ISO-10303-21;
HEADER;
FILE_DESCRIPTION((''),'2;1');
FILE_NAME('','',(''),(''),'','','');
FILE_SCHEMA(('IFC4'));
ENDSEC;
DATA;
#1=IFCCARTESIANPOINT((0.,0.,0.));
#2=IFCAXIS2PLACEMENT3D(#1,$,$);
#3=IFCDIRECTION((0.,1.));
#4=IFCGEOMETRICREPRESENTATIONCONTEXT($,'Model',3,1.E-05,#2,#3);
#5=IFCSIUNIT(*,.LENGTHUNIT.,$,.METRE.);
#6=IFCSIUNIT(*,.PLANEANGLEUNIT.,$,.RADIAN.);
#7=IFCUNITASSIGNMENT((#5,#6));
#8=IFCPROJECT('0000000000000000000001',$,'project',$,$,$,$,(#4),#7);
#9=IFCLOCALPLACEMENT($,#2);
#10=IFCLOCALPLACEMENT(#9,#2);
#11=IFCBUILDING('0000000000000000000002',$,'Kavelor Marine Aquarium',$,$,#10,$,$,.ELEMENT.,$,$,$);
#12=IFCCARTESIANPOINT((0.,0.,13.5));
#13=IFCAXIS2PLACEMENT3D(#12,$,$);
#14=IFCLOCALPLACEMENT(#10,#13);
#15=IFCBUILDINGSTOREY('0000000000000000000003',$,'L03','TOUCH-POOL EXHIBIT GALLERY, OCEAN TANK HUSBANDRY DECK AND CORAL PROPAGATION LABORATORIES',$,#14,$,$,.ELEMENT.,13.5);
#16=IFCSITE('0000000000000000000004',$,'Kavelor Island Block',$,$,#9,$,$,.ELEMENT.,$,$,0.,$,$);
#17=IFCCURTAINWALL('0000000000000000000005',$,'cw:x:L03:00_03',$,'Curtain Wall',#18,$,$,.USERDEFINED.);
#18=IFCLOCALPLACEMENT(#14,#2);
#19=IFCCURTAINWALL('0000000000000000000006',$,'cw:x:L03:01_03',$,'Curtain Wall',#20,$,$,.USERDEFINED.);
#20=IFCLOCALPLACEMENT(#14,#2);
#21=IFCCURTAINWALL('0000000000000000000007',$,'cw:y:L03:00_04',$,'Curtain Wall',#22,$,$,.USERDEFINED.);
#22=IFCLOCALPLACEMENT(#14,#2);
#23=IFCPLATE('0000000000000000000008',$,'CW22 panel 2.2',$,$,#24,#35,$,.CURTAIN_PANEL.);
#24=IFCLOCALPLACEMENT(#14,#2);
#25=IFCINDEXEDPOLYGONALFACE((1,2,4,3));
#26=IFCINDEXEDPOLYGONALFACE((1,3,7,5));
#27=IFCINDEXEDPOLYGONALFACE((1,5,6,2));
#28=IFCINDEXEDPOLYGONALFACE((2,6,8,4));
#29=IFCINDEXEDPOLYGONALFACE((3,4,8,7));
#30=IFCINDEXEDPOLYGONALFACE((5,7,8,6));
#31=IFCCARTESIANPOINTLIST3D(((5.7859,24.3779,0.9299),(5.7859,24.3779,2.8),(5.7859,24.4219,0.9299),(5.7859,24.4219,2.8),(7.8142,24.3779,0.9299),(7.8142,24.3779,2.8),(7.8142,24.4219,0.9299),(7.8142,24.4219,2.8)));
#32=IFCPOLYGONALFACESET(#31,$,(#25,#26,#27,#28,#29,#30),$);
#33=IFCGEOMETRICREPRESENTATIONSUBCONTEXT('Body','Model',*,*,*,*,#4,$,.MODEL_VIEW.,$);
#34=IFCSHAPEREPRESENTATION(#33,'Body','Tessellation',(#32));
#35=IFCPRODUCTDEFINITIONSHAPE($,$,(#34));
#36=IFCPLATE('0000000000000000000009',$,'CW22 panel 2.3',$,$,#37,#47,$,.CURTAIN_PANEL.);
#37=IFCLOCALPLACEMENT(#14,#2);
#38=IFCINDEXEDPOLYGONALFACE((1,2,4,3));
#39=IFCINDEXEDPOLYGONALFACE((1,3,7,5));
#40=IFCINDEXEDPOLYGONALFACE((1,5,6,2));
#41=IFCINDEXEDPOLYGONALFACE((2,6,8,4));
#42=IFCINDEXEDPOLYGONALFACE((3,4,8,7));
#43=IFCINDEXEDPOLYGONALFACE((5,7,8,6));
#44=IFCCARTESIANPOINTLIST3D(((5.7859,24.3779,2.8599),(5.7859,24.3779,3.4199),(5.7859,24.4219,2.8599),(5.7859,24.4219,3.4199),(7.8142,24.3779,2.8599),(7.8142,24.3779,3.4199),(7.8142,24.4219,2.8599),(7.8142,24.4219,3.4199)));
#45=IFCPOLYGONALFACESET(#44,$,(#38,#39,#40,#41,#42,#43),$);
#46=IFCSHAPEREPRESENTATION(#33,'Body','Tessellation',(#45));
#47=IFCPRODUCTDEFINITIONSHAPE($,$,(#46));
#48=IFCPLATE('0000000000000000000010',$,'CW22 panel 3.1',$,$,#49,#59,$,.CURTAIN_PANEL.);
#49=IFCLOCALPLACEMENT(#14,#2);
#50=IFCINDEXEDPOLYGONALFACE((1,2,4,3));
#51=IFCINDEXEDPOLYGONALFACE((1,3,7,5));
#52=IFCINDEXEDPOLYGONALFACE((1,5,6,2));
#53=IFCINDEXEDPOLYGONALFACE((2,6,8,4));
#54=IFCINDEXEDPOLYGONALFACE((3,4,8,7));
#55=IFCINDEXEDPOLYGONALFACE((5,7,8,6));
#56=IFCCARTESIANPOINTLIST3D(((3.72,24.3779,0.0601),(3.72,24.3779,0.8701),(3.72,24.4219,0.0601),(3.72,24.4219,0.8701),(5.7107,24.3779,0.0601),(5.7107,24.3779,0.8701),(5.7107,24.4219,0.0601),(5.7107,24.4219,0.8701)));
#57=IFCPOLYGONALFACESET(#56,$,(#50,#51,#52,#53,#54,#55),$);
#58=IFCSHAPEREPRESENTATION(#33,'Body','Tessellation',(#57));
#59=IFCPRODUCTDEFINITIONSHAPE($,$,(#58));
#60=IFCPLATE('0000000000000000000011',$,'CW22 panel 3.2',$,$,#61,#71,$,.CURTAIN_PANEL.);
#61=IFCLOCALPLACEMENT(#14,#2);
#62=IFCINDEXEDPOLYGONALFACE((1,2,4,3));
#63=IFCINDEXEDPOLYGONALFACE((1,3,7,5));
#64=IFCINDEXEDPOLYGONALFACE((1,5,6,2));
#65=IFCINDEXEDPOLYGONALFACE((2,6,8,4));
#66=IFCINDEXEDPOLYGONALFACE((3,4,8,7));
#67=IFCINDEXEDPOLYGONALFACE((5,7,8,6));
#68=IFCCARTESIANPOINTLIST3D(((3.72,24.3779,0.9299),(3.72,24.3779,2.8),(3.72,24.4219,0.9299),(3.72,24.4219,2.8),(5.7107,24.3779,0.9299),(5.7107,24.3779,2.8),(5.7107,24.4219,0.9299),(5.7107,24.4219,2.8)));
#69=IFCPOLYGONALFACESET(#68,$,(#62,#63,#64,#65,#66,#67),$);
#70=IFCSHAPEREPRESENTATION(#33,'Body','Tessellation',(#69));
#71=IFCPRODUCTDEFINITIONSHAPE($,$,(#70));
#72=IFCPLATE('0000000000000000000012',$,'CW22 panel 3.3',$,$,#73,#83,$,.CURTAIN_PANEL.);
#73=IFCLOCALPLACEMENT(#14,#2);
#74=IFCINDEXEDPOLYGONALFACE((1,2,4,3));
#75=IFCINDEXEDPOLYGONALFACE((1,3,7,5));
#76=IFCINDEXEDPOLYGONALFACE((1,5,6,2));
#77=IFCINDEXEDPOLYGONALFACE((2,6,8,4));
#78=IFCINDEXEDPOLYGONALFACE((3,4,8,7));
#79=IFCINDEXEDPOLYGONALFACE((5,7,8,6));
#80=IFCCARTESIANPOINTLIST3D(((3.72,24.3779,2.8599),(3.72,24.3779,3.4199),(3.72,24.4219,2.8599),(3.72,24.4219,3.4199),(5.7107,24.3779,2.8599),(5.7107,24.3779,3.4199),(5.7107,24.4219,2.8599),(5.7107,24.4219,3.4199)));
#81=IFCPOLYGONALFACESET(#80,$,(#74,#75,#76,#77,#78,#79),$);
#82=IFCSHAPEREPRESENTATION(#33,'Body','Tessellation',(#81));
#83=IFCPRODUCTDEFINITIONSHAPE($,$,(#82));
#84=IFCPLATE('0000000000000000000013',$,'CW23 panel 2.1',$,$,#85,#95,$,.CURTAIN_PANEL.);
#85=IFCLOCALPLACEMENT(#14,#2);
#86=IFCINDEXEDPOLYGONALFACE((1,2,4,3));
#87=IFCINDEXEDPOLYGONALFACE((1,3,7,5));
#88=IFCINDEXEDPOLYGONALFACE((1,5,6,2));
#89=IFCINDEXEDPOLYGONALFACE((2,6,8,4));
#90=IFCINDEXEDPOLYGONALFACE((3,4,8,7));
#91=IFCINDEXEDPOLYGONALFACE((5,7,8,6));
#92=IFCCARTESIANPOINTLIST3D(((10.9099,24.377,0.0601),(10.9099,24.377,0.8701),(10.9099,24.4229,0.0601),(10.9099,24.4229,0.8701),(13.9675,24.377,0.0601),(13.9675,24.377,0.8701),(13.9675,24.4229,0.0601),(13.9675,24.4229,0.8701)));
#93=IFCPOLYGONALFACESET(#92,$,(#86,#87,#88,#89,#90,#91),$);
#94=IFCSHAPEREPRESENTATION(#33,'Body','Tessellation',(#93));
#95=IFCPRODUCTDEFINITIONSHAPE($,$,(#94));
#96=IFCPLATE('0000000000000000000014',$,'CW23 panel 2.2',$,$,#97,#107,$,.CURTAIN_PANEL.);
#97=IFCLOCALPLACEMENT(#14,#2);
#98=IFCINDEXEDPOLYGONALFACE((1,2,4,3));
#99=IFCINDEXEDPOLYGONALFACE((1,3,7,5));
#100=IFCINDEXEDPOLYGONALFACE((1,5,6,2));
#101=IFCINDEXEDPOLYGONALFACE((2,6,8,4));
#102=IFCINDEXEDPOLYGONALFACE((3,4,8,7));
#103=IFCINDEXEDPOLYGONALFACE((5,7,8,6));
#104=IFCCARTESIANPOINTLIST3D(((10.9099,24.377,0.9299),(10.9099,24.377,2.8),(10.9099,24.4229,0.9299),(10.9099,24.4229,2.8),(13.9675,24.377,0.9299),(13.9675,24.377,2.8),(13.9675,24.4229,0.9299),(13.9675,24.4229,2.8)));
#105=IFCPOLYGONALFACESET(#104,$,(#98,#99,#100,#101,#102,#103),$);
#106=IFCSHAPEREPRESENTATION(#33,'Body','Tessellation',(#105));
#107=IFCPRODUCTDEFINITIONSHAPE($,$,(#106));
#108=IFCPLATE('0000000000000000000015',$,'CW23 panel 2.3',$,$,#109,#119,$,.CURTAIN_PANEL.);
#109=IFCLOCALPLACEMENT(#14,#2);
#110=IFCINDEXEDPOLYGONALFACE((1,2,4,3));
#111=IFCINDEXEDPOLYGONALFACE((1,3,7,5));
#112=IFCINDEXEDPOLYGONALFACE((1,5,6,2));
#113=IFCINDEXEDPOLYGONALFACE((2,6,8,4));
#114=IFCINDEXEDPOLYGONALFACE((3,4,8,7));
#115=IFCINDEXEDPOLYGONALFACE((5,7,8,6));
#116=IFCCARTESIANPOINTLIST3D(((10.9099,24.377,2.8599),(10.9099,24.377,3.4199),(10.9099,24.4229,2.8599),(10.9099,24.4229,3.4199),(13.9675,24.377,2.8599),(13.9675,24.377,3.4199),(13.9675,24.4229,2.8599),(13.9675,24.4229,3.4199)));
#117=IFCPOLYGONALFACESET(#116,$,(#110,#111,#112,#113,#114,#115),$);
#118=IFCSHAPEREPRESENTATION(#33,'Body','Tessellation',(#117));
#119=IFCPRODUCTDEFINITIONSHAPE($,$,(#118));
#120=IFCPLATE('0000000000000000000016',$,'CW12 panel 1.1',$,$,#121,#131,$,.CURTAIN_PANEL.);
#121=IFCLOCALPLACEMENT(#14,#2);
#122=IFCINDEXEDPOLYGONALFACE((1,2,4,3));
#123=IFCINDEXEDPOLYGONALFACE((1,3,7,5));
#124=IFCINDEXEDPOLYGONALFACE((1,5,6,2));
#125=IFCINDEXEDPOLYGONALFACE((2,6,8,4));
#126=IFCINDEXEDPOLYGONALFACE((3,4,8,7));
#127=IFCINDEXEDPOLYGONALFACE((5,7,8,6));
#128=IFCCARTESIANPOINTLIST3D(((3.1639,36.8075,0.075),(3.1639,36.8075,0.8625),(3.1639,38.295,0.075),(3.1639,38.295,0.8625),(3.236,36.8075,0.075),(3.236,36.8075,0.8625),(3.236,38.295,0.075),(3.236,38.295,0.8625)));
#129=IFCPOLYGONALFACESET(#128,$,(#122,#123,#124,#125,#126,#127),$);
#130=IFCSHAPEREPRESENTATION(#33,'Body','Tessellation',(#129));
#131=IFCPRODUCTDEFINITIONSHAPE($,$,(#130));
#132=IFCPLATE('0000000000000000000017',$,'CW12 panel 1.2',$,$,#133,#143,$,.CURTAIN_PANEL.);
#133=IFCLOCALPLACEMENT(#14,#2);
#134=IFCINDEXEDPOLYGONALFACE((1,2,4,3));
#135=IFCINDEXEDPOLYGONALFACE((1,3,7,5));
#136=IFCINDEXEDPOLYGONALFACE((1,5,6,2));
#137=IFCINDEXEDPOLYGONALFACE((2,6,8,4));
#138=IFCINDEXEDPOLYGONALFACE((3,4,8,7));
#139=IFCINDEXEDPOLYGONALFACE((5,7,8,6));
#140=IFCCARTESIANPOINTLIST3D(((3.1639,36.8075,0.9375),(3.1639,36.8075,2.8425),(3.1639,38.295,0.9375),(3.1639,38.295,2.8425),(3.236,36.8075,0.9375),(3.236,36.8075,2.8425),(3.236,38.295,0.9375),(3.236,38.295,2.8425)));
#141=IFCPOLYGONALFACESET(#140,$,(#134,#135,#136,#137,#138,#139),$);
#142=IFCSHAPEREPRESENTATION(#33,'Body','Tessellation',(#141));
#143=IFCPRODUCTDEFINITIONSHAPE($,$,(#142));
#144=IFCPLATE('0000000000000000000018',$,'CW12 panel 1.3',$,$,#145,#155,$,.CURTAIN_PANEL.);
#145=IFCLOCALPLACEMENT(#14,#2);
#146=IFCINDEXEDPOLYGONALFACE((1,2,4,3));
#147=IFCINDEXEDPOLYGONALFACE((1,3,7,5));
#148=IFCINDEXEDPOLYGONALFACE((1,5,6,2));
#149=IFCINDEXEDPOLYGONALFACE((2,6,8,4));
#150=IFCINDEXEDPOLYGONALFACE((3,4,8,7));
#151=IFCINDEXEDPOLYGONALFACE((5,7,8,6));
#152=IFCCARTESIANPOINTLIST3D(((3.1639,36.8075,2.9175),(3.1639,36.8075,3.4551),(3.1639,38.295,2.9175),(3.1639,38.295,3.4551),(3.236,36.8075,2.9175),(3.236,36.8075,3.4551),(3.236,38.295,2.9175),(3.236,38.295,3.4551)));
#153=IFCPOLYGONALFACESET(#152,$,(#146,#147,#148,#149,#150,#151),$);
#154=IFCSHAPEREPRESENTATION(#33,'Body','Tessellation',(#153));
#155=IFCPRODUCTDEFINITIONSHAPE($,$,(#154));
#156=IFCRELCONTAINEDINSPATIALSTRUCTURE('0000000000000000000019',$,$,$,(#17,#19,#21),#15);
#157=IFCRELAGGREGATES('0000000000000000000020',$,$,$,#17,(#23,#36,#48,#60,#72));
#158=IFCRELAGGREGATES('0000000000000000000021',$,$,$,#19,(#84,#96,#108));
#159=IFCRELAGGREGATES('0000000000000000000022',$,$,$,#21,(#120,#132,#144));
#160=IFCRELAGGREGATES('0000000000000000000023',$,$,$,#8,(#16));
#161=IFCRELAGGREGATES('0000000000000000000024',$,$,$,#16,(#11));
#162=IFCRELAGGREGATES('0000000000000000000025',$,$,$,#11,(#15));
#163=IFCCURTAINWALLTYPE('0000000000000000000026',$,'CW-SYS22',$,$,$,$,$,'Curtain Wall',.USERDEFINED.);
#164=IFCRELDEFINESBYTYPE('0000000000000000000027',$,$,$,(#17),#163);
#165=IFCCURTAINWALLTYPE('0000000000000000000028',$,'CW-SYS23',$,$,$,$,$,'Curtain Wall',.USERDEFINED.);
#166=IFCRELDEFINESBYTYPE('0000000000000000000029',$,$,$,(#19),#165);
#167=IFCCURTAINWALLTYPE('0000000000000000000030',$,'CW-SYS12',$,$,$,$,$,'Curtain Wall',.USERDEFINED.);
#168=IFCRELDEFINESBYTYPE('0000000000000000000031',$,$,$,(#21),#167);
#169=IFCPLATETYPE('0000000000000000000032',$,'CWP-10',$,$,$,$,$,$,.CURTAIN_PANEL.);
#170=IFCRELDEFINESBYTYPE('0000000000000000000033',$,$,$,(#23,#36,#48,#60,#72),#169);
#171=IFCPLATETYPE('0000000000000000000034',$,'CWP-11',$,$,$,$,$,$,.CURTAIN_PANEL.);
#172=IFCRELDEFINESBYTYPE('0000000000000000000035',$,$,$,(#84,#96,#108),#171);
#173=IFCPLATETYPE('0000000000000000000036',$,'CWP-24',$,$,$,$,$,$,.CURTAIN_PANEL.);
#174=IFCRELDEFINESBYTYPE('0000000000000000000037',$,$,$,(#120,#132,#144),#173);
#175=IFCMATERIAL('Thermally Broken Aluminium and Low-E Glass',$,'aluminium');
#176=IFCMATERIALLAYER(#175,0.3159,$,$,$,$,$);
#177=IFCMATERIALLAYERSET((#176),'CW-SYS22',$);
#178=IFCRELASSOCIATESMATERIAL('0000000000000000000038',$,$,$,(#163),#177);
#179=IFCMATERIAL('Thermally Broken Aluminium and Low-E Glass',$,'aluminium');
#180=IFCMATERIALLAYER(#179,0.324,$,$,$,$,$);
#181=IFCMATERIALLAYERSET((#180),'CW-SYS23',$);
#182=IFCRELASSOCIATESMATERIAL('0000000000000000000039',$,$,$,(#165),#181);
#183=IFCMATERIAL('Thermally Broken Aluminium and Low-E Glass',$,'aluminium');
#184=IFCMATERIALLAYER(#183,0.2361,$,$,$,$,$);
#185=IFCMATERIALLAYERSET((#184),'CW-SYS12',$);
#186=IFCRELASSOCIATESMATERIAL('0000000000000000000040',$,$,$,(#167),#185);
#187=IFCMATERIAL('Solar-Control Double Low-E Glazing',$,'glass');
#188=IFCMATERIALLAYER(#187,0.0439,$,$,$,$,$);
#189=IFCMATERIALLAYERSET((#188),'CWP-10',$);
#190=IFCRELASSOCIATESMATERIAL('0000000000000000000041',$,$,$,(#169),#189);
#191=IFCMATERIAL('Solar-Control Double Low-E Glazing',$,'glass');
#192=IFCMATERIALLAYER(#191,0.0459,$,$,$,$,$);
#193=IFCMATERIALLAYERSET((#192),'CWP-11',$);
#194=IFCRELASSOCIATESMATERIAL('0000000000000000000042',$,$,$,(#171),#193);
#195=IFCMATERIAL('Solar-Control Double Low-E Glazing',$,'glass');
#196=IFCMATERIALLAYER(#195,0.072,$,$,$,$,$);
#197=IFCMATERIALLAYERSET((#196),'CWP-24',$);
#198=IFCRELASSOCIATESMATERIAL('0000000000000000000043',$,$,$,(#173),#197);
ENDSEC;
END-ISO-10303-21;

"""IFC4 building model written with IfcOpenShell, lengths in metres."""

from ifc_helpers import new_model, si_unit, direction, frame, origin, origin_2d, place, context, subcontext, project, spatial, rectangle, extrude, material, layer, layer_set, type_object, element, aggregate, save


model = new_model("IFC4")

# Units and contexts
model_context = context("Model", 3, precision=1e-05, world=origin(), true_north=direction((0.0, 1.0)))
body_context = subcontext(model_context, "Body", "Model", "MODEL_VIEW")
ifc_project = project(units=[si_unit("LENGTHUNIT", "METRE"), si_unit("PLANEANGLEUNIT", "RADIAN")], contexts=[model_context])

# Site, building, storey
site_placement = place(None, origin())
site = spatial("IfcSite", under=ifc_project, at=site_placement, Name="Kavelor Island Block", CompositionType="ELEMENT", RefElevation=0.0)
building_placement = place(site_placement, origin())
building = spatial("IfcBuilding", under=site, at=building_placement, Name="Kavelor Marine Aquarium", CompositionType="ELEMENT")
storey_placement = place(building_placement, frame((0.0, 0.0, 13.5)))
storey = spatial("IfcBuildingStorey", under=building, at=storey_placement, Name="L03", Description="TOUCH-POOL EXHIBIT GALLERY, OCEAN TANK HUSBANDRY DECK AND CORAL PROPAGATION LABORATORIES", CompositionType="ELEMENT", Elevation=13.5)

# Curtain wall
ifc_material_1 = material(Name="Thermally Broken Aluminium and Low-E Glass", Category="aluminium")
ifc_layer_1 = layer(ifc_material_1, 0.3159)
ifc_layer_set_1 = layer_set([ifc_layer_1], Name="CW-SYS22")
curtain_wall_type_1 = type_object("IfcCurtainWallType", Name="CW-SYS22", ElementType="Curtain Wall", PredefinedType="USERDEFINED", material=ifc_layer_set_1)
curtain_wall_1_placement = place(storey_placement, origin())
curtain_wall_1 = element("IfcCurtainWall", 1, at=curtain_wall_1_placement, inside=storey, type_object=curtain_wall_type_1, Name="cw:x:L03:00_03", ObjectType="Curtain Wall", PredefinedType="USERDEFINED")

# Curtain wall
ifc_material_2 = material(Name="Thermally Broken Aluminium and Low-E Glass", Category="aluminium")
ifc_layer_2 = layer(ifc_material_2, 0.324)
ifc_layer_set_2 = layer_set([ifc_layer_2], Name="CW-SYS23")
curtain_wall_type_2 = type_object("IfcCurtainWallType", Name="CW-SYS23", ElementType="Curtain Wall", PredefinedType="USERDEFINED", material=ifc_layer_set_2)
curtain_wall_2_placement = place(storey_placement, origin())
curtain_wall_2 = element("IfcCurtainWall", 2, at=curtain_wall_2_placement, inside=storey, type_object=curtain_wall_type_2, Name="cw:x:L03:01_03", ObjectType="Curtain Wall", PredefinedType="USERDEFINED")

# Curtain wall
ifc_material_3 = material(Name="Thermally Broken Aluminium and Low-E Glass", Category="aluminium")
ifc_layer_3 = layer(ifc_material_3, 0.2361)
ifc_layer_set_3 = layer_set([ifc_layer_3], Name="CW-SYS12")
curtain_wall_type_3 = type_object("IfcCurtainWallType", Name="CW-SYS12", ElementType="Curtain Wall", PredefinedType="USERDEFINED", material=ifc_layer_set_3)
curtain_wall_3_placement = place(storey_placement, origin())
curtain_wall_3 = element("IfcCurtainWall", 3, at=curtain_wall_3_placement, inside=storey, type_object=curtain_wall_type_3, Name="cw:y:L03:00_04", ObjectType="Curtain Wall", PredefinedType="USERDEFINED")

# Plates
ifc_material_4 = material(Name="Solar-Control Double Low-E Glazing", Category="glass")
ifc_layer_4 = layer(ifc_material_4, 0.0439)
ifc_layer_set_4 = layer_set([ifc_layer_4], Name="CWP-10")
plate_type_1 = type_object("IfcPlateType", Name="CWP-10", PredefinedType="CURTAIN_PANEL", material=ifc_layer_set_4)
plate_1_placement = place(storey_placement, frame((6.8, 24.3999, 0.9299), z_axis=(0.0, 0.0, 1.0), x_axis=(-1.0, 0.0, 0.0)))
plate_1 = element("IfcPlate", 4, at=plate_1_placement, type_object=plate_type_1, Name="CW22 panel 2.2", PredefinedType="CURTAIN_PANEL", context=body_context, shape_type="SweptSolid", body=[
    extrude(rectangle(XDim=2.0283, YDim=0.0439, at=origin_2d()), origin(), (0.0, 0.0, 1.0), 1.8701),
])
plate_2_placement = place(storey_placement, frame((6.8, 24.3999, 2.8599), z_axis=(0.0, 0.0, 1.0), x_axis=(-1.0, 0.0, 0.0)))
plate_2 = element("IfcPlate", 5, at=plate_2_placement, type_object=plate_type_1, Name="CW22 panel 2.3", PredefinedType="CURTAIN_PANEL", context=body_context, shape_type="SweptSolid", body=[
    extrude(rectangle(XDim=2.0283, YDim=0.0439, at=origin_2d()), origin(), (0.0, 0.0, 1.0), 0.5601),
])
plate_3_placement = place(storey_placement, frame((4.7153, 24.3999, 0.0601), z_axis=(0.0, 0.0, 1.0), x_axis=(-1.0, 0.0, 0.0)))
plate_3 = element("IfcPlate", 6, at=plate_3_placement, type_object=plate_type_1, Name="CW22 panel 3.1", PredefinedType="CURTAIN_PANEL", context=body_context, shape_type="SweptSolid", body=[
    extrude(rectangle(XDim=1.9907, YDim=0.0439, at=origin_2d()), origin(), (0.0, 0.0, 1.0), 0.8101),
])
plate_4_placement = place(storey_placement, frame((4.7153, 24.3999, 0.9299), z_axis=(0.0, 0.0, 1.0), x_axis=(-1.0, 0.0, 0.0)))
plate_4 = element("IfcPlate", 7, at=plate_4_placement, type_object=plate_type_1, Name="CW22 panel 3.2", PredefinedType="CURTAIN_PANEL", context=body_context, shape_type="SweptSolid", body=[
    extrude(rectangle(XDim=1.9907, YDim=0.0439, at=origin_2d()), origin(), (0.0, 0.0, 1.0), 1.8701),
])
plate_5_placement = place(storey_placement, frame((4.7153, 24.3999, 2.8599), z_axis=(0.0, 0.0, 1.0), x_axis=(-1.0, 0.0, 0.0)))
plate_5 = element("IfcPlate", 8, at=plate_5_placement, type_object=plate_type_1, Name="CW22 panel 3.3", PredefinedType="CURTAIN_PANEL", context=body_context, shape_type="SweptSolid", body=[
    extrude(rectangle(XDim=1.9907, YDim=0.0439, at=origin_2d()), origin(), (0.0, 0.0, 1.0), 0.5601),
])
aggregate(curtain_wall_1, [plate_1, plate_2, plate_3, plate_4, plate_5])
ifc_material_5 = material(Name="Solar-Control Double Low-E Glazing", Category="glass")
ifc_layer_5 = layer(ifc_material_5, 0.0459)
ifc_layer_set_5 = layer_set([ifc_layer_5], Name="CWP-11")
plate_type_2 = type_object("IfcPlateType", Name="CWP-11", PredefinedType="CURTAIN_PANEL", material=ifc_layer_set_5)
plate_6_placement = place(storey_placement, frame((12.4387, 24.3999, 0.0601), z_axis=(0.0, 0.0, 1.0), x_axis=(-1.0, 0.0, 0.0)))
plate_6 = element("IfcPlate", 9, at=plate_6_placement, type_object=plate_type_2, Name="CW23 panel 2.1", PredefinedType="CURTAIN_PANEL", context=body_context, shape_type="SweptSolid", body=[
    extrude(rectangle(XDim=3.0576, YDim=0.0459, at=origin_2d()), origin(), (0.0, 0.0, 1.0), 0.8101),
])
plate_7_placement = place(storey_placement, frame((12.4387, 24.3999, 0.9299), z_axis=(0.0, 0.0, 1.0), x_axis=(-1.0, 0.0, 0.0)))
plate_7 = element("IfcPlate", 10, at=plate_7_placement, type_object=plate_type_2, Name="CW23 panel 2.2", PredefinedType="CURTAIN_PANEL", context=body_context, shape_type="SweptSolid", body=[
    extrude(rectangle(XDim=3.0576, YDim=0.0459, at=origin_2d()), origin(), (0.0, 0.0, 1.0), 1.8701),
])
plate_8_placement = place(storey_placement, frame((12.4387, 24.3999, 2.8599), z_axis=(0.0, 0.0, 1.0), x_axis=(-1.0, 0.0, 0.0)))
plate_8 = element("IfcPlate", 11, at=plate_8_placement, type_object=plate_type_2, Name="CW23 panel 2.3", PredefinedType="CURTAIN_PANEL", context=body_context, shape_type="SweptSolid", body=[
    extrude(rectangle(XDim=3.0576, YDim=0.0459, at=origin_2d()), origin(), (0.0, 0.0, 1.0), 0.5601),
])
aggregate(curtain_wall_2, [plate_6, plate_7, plate_8])
ifc_material_6 = material(Name="Solar-Control Double Low-E Glazing", Category="glass")
ifc_layer_6 = layer(ifc_material_6, 0.072)
ifc_layer_set_6 = layer_set([ifc_layer_6], Name="CWP-24")
plate_type_3 = type_object("IfcPlateType", Name="CWP-24", PredefinedType="CURTAIN_PANEL", material=ifc_layer_set_6)
plate_9_placement = place(storey_placement, frame((3.2, 37.5513, 0.075), z_axis=(0.0, 0.0, 1.0), x_axis=(0.0, -1.0, 0.0)))
plate_9 = element("IfcPlate", 12, at=plate_9_placement, type_object=plate_type_3, Name="CW12 panel 1.1", PredefinedType="CURTAIN_PANEL", context=body_context, shape_type="SweptSolid", body=[
    extrude(rectangle(XDim=1.4875, YDim=0.072, at=origin_2d()), origin(), (0.0, 0.0, 1.0), 0.7876),
])
plate_10_placement = place(storey_placement, frame((3.2, 37.5513, 0.9375), z_axis=(0.0, 0.0, 1.0), x_axis=(0.0, -1.0, 0.0)))
plate_10 = element("IfcPlate", 13, at=plate_10_placement, type_object=plate_type_3, Name="CW12 panel 1.2", PredefinedType="CURTAIN_PANEL", context=body_context, shape_type="SweptSolid", body=[
    extrude(rectangle(XDim=1.4875, YDim=0.072, at=origin_2d()), origin(), (0.0, 0.0, 1.0), 1.905),
])
plate_11_placement = place(storey_placement, frame((3.2, 37.5513, 2.9175), z_axis=(0.0, 0.0, 1.0), x_axis=(0.0, -1.0, 0.0)))
plate_11 = element("IfcPlate", 14, at=plate_11_placement, type_object=plate_type_3, Name="CW12 panel 1.3", PredefinedType="CURTAIN_PANEL", context=body_context, shape_type="SweptSolid", body=[
    extrude(rectangle(XDim=1.4875, YDim=0.072, at=origin_2d()), origin(), (0.0, 0.0, 1.0), 0.5376),
])
aggregate(curtain_wall_3, [plate_9, plate_10, plate_11])

save(model, "model.ifc")
